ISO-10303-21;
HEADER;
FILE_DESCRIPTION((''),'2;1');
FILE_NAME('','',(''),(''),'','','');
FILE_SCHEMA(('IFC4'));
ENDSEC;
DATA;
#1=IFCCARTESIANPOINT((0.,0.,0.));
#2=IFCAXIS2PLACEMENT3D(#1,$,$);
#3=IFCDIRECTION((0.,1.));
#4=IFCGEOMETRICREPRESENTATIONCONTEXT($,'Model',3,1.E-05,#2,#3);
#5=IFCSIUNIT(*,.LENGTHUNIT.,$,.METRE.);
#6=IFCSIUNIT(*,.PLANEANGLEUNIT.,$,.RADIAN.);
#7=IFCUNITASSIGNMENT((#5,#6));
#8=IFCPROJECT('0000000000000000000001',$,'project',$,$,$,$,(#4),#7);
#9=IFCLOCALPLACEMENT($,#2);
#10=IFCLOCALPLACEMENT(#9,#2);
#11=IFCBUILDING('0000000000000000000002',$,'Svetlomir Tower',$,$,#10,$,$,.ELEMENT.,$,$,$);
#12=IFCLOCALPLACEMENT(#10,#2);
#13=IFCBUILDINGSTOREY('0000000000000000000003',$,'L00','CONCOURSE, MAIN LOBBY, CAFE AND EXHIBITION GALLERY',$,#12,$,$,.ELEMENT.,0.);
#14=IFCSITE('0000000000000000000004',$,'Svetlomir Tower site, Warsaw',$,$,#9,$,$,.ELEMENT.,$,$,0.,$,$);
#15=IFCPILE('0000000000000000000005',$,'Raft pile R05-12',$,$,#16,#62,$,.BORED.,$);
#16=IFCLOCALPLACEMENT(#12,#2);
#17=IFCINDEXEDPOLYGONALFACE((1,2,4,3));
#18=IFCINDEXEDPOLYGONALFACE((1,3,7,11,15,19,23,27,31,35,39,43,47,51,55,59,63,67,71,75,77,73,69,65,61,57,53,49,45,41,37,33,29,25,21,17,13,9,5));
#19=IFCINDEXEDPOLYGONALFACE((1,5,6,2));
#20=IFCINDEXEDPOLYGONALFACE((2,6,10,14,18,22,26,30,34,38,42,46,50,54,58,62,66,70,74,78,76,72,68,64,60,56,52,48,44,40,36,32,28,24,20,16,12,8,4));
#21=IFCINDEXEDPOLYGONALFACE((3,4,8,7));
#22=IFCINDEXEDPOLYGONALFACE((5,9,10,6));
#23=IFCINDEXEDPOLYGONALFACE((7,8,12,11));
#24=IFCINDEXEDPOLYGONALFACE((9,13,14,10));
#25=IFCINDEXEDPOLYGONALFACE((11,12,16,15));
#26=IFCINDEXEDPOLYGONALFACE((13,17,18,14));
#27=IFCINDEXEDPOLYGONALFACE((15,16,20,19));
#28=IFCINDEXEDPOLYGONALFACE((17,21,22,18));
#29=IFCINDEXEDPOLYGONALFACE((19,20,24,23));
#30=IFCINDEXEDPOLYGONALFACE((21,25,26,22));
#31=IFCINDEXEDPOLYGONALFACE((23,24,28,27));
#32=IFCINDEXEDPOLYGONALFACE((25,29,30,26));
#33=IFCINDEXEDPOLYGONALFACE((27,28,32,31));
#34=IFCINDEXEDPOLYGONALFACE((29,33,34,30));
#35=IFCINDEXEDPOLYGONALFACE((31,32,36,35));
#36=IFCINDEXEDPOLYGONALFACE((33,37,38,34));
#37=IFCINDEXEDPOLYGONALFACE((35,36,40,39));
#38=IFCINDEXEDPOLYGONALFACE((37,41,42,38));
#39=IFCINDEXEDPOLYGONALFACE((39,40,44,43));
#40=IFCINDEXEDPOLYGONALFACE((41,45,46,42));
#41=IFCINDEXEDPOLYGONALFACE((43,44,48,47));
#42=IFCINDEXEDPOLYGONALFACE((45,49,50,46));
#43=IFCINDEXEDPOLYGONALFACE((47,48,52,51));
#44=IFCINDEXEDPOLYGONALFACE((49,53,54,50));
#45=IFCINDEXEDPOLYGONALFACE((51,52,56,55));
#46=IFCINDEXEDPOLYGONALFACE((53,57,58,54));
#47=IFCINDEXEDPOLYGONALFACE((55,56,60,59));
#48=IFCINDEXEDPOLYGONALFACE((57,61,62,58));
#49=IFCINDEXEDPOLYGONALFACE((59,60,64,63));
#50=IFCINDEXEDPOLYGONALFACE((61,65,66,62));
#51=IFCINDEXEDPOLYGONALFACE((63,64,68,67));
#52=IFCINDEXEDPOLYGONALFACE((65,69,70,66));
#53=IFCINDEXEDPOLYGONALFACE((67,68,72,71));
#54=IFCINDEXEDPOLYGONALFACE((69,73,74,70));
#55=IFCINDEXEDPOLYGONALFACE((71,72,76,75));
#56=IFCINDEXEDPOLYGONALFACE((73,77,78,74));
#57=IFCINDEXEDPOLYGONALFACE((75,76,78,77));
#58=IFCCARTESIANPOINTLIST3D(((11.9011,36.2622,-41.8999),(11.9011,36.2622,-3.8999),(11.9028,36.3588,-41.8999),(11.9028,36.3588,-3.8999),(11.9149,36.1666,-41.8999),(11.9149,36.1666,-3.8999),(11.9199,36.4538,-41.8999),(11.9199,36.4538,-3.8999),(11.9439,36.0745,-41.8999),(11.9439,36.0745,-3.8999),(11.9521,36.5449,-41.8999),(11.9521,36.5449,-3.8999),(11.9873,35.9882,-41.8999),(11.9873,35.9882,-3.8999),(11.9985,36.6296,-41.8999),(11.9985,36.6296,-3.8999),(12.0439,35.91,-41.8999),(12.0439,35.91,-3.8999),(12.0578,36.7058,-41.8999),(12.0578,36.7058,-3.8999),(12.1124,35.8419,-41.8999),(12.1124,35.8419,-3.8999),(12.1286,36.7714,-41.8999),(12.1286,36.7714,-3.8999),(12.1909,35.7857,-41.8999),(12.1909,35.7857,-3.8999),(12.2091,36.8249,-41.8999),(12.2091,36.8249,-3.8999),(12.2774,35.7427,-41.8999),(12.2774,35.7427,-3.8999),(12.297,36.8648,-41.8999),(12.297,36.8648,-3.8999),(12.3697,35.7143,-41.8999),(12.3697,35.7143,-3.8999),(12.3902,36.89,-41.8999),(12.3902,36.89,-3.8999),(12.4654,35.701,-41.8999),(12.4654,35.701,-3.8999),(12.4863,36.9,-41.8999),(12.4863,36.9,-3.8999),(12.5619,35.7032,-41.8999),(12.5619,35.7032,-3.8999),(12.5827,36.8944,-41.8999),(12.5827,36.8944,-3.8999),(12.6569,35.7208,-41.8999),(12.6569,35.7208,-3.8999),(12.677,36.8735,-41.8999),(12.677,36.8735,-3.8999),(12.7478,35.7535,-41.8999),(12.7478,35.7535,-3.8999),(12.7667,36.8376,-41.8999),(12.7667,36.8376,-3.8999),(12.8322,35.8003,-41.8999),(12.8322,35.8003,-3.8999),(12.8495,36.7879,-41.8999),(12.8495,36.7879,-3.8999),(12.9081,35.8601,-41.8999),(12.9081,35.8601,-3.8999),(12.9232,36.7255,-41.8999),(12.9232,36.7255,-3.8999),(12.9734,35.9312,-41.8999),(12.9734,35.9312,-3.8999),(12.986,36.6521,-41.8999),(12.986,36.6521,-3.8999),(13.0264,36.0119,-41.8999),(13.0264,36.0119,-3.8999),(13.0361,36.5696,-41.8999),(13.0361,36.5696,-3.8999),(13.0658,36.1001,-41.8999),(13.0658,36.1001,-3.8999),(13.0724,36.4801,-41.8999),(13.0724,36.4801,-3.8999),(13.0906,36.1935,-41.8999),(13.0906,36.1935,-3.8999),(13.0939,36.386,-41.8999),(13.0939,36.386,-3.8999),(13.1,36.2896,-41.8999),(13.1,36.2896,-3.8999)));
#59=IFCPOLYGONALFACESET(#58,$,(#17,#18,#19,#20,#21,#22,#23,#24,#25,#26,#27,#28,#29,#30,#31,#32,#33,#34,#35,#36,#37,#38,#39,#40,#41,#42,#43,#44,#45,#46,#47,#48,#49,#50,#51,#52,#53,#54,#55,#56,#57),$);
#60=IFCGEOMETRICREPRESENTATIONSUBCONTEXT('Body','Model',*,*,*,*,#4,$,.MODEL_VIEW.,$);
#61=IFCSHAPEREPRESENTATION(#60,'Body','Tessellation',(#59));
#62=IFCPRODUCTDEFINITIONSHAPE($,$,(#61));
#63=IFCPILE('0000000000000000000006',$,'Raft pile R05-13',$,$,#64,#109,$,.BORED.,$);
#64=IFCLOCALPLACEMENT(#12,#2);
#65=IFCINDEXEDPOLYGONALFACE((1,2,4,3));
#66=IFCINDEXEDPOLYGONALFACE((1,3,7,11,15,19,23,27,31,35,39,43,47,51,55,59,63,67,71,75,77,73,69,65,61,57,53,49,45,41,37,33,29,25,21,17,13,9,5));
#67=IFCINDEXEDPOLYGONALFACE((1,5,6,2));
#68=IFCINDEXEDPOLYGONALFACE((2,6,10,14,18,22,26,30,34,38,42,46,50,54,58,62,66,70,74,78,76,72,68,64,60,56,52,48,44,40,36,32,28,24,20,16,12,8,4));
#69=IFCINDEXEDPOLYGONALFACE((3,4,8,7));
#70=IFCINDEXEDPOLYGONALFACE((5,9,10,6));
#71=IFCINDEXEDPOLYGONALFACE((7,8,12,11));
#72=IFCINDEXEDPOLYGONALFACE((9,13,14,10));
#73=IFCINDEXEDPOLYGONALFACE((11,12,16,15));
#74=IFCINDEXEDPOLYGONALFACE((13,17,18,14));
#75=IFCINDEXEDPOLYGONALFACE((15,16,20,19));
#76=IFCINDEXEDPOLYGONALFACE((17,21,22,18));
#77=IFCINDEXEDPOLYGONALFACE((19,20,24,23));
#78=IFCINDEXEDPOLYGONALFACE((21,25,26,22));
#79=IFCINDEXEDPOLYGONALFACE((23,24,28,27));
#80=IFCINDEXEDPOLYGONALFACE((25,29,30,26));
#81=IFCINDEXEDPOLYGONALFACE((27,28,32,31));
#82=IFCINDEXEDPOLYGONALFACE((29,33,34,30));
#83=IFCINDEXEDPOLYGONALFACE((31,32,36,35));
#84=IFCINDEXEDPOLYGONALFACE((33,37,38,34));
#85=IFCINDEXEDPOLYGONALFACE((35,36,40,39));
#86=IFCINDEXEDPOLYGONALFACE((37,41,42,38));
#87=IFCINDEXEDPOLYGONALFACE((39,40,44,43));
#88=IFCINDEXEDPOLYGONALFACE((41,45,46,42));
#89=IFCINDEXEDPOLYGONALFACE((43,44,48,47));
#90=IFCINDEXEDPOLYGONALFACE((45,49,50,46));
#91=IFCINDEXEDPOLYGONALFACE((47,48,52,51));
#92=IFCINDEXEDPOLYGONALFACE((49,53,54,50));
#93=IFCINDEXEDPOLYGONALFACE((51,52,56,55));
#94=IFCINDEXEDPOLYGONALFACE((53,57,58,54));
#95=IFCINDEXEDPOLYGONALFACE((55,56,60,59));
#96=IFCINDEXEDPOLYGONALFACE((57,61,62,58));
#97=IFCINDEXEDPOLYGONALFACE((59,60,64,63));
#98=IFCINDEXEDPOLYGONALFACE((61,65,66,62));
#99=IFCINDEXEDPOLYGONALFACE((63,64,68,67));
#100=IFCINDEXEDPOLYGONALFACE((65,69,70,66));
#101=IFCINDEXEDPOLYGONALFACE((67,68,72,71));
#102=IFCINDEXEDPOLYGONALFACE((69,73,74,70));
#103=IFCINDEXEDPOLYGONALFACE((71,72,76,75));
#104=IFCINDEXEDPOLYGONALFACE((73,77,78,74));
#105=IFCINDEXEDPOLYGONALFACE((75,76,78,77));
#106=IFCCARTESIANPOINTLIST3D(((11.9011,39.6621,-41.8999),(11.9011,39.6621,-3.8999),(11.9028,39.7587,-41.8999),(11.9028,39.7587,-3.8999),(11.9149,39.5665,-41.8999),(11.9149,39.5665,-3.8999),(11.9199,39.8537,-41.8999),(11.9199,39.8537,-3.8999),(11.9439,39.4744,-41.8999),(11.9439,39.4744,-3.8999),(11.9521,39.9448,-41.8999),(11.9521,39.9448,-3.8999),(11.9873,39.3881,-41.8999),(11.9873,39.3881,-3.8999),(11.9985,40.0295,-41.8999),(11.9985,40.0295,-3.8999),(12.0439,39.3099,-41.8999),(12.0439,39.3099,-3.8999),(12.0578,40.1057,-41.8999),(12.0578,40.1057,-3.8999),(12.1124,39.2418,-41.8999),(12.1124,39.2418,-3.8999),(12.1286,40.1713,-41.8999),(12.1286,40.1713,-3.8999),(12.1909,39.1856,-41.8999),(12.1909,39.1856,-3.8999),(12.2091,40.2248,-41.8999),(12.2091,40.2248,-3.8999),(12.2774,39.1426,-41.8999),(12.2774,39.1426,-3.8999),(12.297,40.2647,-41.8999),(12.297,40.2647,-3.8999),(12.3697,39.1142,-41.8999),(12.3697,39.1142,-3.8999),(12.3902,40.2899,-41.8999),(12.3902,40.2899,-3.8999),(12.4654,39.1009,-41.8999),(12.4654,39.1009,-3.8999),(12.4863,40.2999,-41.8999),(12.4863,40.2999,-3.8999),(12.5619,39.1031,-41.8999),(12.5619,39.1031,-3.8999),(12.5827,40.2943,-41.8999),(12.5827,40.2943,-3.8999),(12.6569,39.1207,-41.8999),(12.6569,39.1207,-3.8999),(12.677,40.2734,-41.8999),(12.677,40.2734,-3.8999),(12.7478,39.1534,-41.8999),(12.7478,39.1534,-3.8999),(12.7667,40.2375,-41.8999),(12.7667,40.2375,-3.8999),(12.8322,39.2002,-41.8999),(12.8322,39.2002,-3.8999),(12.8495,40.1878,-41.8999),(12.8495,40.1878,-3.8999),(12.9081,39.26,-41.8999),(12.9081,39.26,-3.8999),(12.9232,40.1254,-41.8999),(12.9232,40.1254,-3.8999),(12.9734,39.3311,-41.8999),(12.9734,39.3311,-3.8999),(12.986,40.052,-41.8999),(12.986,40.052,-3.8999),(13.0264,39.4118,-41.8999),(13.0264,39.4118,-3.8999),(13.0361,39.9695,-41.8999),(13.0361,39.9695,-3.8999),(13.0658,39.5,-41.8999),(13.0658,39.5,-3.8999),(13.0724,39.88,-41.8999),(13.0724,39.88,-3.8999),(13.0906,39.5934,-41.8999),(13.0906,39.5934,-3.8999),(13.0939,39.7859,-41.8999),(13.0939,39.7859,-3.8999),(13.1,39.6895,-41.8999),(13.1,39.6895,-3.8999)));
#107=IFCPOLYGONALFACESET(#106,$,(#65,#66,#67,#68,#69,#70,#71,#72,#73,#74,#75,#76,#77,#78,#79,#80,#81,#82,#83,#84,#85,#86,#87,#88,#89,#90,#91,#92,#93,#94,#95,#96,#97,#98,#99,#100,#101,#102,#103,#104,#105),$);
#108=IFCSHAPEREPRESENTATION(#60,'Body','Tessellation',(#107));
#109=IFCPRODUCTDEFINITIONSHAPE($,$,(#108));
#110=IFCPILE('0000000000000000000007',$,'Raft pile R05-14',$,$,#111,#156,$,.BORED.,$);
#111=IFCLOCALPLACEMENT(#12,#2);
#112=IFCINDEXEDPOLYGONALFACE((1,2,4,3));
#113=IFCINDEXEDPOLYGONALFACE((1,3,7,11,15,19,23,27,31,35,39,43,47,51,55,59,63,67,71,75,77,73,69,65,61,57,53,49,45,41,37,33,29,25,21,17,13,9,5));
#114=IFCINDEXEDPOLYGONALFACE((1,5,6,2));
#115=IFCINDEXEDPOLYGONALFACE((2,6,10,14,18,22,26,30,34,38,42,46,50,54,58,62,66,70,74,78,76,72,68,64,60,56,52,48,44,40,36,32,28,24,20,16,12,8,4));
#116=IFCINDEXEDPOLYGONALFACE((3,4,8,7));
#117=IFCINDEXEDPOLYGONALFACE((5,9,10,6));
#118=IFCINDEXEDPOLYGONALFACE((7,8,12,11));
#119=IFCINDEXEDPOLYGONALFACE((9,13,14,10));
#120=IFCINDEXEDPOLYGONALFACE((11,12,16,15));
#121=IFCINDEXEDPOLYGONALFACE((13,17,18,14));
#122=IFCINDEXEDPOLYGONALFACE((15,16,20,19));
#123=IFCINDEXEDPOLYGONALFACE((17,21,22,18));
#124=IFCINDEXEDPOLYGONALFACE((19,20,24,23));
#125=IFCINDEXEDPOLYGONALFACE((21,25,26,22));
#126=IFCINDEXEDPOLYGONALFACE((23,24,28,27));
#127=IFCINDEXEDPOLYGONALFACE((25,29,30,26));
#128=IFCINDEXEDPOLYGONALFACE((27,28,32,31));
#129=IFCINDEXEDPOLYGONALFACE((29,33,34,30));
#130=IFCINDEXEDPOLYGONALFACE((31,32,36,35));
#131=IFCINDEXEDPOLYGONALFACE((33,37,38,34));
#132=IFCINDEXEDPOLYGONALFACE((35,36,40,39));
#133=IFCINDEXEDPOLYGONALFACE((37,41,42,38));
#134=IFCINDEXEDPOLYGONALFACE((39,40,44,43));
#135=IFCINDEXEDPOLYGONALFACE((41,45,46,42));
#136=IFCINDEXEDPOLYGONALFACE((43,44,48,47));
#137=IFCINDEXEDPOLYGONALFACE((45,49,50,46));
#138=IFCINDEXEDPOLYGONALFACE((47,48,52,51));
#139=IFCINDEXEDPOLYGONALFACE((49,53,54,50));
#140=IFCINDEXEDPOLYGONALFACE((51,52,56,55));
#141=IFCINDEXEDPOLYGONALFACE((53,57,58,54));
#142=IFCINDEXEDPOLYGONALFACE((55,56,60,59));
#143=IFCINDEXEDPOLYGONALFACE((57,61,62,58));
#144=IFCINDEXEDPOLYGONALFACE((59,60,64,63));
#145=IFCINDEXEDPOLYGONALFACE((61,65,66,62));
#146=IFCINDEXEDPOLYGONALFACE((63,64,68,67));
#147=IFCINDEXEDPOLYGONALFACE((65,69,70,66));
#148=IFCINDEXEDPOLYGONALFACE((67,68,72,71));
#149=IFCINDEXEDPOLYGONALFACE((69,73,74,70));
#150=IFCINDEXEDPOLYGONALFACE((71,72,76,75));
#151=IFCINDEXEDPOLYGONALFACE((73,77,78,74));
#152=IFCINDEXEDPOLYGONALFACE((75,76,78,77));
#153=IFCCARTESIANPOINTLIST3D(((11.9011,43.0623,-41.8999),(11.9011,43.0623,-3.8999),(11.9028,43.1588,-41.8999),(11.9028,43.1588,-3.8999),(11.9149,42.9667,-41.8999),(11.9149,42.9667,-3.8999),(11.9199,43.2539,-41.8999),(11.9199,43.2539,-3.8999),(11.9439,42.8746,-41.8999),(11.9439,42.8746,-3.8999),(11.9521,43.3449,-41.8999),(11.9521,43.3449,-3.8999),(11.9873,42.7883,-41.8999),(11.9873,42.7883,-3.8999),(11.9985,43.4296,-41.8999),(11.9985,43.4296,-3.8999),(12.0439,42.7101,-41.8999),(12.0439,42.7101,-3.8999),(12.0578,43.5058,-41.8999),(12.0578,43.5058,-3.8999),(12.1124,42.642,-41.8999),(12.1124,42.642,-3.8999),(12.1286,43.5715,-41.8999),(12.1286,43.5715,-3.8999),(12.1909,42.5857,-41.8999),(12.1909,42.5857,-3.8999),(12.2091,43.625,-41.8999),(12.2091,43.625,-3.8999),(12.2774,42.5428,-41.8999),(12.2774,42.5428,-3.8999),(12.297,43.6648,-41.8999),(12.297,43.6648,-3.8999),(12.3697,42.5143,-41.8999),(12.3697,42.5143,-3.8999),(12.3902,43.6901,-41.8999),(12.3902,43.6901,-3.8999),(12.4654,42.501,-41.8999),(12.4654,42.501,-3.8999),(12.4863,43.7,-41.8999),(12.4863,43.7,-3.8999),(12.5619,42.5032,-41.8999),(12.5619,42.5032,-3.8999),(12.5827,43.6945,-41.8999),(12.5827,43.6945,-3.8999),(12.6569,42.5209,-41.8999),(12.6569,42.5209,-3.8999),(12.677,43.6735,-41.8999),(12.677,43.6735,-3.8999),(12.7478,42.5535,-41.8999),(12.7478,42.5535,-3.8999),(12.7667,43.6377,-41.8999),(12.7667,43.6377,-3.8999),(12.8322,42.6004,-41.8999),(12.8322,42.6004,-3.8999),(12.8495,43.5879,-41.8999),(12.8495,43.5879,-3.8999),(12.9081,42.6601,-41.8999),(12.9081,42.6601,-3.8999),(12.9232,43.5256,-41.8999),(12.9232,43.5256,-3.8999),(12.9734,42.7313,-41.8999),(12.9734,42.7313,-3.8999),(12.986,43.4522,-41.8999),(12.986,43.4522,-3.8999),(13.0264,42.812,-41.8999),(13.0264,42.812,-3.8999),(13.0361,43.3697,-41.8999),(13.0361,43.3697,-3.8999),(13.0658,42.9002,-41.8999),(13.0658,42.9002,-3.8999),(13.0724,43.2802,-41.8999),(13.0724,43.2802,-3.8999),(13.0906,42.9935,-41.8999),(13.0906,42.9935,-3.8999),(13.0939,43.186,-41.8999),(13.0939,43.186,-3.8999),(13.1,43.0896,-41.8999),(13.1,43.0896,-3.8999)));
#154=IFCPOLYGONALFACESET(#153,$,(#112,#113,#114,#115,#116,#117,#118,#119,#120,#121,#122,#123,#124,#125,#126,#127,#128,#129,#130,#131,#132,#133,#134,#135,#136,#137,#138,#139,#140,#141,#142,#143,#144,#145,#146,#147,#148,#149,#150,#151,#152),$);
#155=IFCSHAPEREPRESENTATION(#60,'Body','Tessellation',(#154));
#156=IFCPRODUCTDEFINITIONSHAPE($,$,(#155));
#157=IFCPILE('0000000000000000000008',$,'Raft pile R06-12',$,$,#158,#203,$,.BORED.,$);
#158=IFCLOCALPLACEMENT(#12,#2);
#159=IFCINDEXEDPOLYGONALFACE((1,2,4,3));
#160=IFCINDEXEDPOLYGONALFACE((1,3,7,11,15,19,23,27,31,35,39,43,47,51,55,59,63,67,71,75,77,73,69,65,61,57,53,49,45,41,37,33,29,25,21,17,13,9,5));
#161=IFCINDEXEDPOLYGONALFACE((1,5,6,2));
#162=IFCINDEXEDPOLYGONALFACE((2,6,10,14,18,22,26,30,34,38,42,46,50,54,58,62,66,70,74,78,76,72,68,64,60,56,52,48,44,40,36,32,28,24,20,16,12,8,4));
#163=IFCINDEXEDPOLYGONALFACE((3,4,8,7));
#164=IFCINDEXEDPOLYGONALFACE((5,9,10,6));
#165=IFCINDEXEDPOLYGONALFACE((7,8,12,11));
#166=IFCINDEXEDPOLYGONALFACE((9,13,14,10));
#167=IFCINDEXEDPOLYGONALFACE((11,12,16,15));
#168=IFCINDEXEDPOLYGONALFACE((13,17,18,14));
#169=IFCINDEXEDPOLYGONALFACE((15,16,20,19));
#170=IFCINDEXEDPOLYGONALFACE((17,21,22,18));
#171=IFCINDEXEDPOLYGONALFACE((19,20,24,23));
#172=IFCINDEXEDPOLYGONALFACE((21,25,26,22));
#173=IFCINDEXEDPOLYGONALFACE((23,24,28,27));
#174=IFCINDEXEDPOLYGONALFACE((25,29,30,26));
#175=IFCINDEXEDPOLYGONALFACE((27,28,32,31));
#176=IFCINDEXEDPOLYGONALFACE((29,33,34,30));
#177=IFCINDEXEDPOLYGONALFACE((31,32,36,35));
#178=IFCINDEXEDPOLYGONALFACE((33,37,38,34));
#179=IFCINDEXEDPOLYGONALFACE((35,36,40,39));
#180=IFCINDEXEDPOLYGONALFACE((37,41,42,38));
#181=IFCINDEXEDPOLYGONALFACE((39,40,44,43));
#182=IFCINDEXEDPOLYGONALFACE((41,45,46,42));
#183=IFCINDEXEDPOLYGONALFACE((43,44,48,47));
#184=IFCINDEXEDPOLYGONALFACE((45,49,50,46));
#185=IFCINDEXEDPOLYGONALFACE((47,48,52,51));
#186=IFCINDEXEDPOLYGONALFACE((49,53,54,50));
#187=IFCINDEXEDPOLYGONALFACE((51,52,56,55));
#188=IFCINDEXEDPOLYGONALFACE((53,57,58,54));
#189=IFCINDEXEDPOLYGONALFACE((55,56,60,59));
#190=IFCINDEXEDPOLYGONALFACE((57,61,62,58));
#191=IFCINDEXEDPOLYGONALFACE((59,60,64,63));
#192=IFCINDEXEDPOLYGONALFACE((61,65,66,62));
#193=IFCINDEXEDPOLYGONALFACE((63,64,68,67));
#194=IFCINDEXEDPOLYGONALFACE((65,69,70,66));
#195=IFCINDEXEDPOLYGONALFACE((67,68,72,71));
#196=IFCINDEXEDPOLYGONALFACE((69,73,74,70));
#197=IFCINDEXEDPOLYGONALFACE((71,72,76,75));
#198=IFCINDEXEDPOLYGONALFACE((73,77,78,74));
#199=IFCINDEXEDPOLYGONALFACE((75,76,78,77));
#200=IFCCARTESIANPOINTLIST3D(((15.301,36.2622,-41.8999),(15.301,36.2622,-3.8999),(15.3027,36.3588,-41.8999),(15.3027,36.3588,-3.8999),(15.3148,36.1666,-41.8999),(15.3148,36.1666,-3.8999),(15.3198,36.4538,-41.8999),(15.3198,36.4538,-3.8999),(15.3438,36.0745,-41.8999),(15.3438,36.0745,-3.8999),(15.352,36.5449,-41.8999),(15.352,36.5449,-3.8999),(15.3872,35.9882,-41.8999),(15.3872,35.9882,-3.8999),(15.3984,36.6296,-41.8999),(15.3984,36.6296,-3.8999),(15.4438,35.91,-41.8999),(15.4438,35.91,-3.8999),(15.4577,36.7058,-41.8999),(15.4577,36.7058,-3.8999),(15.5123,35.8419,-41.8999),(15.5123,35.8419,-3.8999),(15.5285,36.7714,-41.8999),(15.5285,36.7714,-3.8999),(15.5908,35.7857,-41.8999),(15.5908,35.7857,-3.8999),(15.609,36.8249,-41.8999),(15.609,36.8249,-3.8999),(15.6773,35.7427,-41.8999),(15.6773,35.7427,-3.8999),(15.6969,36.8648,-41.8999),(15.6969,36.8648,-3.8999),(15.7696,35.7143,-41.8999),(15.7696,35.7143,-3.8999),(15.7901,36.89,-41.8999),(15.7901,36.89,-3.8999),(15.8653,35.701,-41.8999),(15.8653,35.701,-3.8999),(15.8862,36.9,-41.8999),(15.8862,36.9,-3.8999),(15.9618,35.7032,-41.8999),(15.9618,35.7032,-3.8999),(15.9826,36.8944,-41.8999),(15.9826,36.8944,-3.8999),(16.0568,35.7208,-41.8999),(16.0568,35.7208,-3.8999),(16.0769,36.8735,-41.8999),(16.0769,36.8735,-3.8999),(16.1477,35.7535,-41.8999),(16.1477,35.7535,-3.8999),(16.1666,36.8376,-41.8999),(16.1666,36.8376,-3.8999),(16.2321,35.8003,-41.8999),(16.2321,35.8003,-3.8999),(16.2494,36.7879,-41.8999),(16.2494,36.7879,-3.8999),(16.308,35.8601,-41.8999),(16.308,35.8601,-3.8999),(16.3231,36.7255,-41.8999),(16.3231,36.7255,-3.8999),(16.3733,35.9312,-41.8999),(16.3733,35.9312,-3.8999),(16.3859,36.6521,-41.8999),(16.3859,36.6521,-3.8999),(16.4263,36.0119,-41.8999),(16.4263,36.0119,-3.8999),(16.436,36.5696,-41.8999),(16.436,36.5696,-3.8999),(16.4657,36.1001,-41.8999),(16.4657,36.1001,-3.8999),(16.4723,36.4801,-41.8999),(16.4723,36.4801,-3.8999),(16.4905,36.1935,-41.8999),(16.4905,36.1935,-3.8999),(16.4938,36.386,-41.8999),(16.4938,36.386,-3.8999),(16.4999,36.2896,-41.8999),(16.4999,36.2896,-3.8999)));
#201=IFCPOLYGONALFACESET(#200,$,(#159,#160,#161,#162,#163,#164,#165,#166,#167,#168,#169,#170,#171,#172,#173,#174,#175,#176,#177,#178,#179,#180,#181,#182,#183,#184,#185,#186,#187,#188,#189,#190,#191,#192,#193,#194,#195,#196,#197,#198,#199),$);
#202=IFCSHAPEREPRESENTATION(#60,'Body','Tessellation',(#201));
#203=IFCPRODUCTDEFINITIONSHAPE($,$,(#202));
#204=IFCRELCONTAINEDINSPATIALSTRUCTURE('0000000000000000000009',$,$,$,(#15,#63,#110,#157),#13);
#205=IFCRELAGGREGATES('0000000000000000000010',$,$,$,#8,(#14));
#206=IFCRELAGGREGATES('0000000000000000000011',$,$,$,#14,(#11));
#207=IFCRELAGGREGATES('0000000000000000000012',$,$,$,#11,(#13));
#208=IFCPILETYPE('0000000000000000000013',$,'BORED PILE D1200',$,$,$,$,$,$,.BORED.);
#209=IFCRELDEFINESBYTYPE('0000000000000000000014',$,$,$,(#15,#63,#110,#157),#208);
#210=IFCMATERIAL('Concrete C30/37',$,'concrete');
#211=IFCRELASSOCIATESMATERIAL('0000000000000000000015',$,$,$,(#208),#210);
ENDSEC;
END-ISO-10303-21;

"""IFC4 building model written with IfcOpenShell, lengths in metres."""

from ifc_helpers import new_model, si_unit, direction, frame, frame_2d, origin, origin_2d, place, context, subcontext, project, spatial, circle, extrude, material, material_profile, profile_set, type_object, element, save


model = new_model("IFC4")

# Units and contexts
model_context = context("Model", 3, precision=1e-05, world=origin(), true_north=direction((0.0, 1.0)))
body_context = subcontext(model_context, "Body", "Model", "MODEL_VIEW")
ifc_project = project(units=[si_unit("LENGTHUNIT", "METRE"), si_unit("PLANEANGLEUNIT", "RADIAN")], contexts=[model_context])

# Site, building, storey
site_placement = place(None, origin())
site = spatial("IfcSite", under=ifc_project, at=site_placement, Name="Svetlomir Tower site, Warsaw", CompositionType="ELEMENT", RefElevation=0.0)
building_placement = place(site_placement, origin())
building = spatial("IfcBuilding", under=site, at=building_placement, Name="Svetlomir Tower", CompositionType="ELEMENT")
storey_placement = place(building_placement, origin())
storey = spatial("IfcBuildingStorey", under=building, at=storey_placement, Name="L00", Description="CONCOURSE, MAIN LOBBY, CAFE AND EXHIBITION GALLERY", CompositionType="ELEMENT", Elevation=0.0)

# Piles
ifc_material_1 = material(Name="Concrete C30/37", Category="concrete")
ifc_material_profile_1 = material_profile(ifc_material_1, circle(Radius=0.6001, at=origin_2d()), Name="D1200")
ifc_profile_set_1 = profile_set([ifc_material_profile_1], Name="Concrete C30/37")
pile_type = type_object("IfcPileType", Name="BORED PILE D1200", PredefinedType="BORED", material=ifc_profile_set_1)
for number, where, z_axis, x_axis, name in (
    (1, (12.5, 36.3, -3.8999), (0.0, 0.0, -1.0), (1.0, 0.0, 0.0), "Raft pile R05-12"),
    (2, (12.5, 39.7, -3.8999), (0.0, 0.0, -1.0), (1.0, 0.0, 0.0), "Raft pile R05-13"),
    (3, (12.5, 43.1001, -3.8999), (0.0, 0.0, -1.0), (1.0, 0.0, 0.0), "Raft pile R05-14"),
    (4, (15.8999, 36.3, -3.8999), (0.0, 0.0, -1.0), (1.0, 0.0, 0.0), "Raft pile R06-12"),
):
    element("IfcPile", number, at=place(storey_placement, frame(where, z_axis=z_axis, x_axis=x_axis)), inside=storey, type_object=pile_type, Name=name, PredefinedType="BORED", context=body_context, shape_type="SweptSolid", body=[
        extrude(circle(Radius=0.6001, at=frame_2d((0.0, 0.0), x_axis=(0.999848, 0.017452))), origin(), (0.0, 0.0, 1.0), 38.0),
    ])

save(model, "model.ifc")
